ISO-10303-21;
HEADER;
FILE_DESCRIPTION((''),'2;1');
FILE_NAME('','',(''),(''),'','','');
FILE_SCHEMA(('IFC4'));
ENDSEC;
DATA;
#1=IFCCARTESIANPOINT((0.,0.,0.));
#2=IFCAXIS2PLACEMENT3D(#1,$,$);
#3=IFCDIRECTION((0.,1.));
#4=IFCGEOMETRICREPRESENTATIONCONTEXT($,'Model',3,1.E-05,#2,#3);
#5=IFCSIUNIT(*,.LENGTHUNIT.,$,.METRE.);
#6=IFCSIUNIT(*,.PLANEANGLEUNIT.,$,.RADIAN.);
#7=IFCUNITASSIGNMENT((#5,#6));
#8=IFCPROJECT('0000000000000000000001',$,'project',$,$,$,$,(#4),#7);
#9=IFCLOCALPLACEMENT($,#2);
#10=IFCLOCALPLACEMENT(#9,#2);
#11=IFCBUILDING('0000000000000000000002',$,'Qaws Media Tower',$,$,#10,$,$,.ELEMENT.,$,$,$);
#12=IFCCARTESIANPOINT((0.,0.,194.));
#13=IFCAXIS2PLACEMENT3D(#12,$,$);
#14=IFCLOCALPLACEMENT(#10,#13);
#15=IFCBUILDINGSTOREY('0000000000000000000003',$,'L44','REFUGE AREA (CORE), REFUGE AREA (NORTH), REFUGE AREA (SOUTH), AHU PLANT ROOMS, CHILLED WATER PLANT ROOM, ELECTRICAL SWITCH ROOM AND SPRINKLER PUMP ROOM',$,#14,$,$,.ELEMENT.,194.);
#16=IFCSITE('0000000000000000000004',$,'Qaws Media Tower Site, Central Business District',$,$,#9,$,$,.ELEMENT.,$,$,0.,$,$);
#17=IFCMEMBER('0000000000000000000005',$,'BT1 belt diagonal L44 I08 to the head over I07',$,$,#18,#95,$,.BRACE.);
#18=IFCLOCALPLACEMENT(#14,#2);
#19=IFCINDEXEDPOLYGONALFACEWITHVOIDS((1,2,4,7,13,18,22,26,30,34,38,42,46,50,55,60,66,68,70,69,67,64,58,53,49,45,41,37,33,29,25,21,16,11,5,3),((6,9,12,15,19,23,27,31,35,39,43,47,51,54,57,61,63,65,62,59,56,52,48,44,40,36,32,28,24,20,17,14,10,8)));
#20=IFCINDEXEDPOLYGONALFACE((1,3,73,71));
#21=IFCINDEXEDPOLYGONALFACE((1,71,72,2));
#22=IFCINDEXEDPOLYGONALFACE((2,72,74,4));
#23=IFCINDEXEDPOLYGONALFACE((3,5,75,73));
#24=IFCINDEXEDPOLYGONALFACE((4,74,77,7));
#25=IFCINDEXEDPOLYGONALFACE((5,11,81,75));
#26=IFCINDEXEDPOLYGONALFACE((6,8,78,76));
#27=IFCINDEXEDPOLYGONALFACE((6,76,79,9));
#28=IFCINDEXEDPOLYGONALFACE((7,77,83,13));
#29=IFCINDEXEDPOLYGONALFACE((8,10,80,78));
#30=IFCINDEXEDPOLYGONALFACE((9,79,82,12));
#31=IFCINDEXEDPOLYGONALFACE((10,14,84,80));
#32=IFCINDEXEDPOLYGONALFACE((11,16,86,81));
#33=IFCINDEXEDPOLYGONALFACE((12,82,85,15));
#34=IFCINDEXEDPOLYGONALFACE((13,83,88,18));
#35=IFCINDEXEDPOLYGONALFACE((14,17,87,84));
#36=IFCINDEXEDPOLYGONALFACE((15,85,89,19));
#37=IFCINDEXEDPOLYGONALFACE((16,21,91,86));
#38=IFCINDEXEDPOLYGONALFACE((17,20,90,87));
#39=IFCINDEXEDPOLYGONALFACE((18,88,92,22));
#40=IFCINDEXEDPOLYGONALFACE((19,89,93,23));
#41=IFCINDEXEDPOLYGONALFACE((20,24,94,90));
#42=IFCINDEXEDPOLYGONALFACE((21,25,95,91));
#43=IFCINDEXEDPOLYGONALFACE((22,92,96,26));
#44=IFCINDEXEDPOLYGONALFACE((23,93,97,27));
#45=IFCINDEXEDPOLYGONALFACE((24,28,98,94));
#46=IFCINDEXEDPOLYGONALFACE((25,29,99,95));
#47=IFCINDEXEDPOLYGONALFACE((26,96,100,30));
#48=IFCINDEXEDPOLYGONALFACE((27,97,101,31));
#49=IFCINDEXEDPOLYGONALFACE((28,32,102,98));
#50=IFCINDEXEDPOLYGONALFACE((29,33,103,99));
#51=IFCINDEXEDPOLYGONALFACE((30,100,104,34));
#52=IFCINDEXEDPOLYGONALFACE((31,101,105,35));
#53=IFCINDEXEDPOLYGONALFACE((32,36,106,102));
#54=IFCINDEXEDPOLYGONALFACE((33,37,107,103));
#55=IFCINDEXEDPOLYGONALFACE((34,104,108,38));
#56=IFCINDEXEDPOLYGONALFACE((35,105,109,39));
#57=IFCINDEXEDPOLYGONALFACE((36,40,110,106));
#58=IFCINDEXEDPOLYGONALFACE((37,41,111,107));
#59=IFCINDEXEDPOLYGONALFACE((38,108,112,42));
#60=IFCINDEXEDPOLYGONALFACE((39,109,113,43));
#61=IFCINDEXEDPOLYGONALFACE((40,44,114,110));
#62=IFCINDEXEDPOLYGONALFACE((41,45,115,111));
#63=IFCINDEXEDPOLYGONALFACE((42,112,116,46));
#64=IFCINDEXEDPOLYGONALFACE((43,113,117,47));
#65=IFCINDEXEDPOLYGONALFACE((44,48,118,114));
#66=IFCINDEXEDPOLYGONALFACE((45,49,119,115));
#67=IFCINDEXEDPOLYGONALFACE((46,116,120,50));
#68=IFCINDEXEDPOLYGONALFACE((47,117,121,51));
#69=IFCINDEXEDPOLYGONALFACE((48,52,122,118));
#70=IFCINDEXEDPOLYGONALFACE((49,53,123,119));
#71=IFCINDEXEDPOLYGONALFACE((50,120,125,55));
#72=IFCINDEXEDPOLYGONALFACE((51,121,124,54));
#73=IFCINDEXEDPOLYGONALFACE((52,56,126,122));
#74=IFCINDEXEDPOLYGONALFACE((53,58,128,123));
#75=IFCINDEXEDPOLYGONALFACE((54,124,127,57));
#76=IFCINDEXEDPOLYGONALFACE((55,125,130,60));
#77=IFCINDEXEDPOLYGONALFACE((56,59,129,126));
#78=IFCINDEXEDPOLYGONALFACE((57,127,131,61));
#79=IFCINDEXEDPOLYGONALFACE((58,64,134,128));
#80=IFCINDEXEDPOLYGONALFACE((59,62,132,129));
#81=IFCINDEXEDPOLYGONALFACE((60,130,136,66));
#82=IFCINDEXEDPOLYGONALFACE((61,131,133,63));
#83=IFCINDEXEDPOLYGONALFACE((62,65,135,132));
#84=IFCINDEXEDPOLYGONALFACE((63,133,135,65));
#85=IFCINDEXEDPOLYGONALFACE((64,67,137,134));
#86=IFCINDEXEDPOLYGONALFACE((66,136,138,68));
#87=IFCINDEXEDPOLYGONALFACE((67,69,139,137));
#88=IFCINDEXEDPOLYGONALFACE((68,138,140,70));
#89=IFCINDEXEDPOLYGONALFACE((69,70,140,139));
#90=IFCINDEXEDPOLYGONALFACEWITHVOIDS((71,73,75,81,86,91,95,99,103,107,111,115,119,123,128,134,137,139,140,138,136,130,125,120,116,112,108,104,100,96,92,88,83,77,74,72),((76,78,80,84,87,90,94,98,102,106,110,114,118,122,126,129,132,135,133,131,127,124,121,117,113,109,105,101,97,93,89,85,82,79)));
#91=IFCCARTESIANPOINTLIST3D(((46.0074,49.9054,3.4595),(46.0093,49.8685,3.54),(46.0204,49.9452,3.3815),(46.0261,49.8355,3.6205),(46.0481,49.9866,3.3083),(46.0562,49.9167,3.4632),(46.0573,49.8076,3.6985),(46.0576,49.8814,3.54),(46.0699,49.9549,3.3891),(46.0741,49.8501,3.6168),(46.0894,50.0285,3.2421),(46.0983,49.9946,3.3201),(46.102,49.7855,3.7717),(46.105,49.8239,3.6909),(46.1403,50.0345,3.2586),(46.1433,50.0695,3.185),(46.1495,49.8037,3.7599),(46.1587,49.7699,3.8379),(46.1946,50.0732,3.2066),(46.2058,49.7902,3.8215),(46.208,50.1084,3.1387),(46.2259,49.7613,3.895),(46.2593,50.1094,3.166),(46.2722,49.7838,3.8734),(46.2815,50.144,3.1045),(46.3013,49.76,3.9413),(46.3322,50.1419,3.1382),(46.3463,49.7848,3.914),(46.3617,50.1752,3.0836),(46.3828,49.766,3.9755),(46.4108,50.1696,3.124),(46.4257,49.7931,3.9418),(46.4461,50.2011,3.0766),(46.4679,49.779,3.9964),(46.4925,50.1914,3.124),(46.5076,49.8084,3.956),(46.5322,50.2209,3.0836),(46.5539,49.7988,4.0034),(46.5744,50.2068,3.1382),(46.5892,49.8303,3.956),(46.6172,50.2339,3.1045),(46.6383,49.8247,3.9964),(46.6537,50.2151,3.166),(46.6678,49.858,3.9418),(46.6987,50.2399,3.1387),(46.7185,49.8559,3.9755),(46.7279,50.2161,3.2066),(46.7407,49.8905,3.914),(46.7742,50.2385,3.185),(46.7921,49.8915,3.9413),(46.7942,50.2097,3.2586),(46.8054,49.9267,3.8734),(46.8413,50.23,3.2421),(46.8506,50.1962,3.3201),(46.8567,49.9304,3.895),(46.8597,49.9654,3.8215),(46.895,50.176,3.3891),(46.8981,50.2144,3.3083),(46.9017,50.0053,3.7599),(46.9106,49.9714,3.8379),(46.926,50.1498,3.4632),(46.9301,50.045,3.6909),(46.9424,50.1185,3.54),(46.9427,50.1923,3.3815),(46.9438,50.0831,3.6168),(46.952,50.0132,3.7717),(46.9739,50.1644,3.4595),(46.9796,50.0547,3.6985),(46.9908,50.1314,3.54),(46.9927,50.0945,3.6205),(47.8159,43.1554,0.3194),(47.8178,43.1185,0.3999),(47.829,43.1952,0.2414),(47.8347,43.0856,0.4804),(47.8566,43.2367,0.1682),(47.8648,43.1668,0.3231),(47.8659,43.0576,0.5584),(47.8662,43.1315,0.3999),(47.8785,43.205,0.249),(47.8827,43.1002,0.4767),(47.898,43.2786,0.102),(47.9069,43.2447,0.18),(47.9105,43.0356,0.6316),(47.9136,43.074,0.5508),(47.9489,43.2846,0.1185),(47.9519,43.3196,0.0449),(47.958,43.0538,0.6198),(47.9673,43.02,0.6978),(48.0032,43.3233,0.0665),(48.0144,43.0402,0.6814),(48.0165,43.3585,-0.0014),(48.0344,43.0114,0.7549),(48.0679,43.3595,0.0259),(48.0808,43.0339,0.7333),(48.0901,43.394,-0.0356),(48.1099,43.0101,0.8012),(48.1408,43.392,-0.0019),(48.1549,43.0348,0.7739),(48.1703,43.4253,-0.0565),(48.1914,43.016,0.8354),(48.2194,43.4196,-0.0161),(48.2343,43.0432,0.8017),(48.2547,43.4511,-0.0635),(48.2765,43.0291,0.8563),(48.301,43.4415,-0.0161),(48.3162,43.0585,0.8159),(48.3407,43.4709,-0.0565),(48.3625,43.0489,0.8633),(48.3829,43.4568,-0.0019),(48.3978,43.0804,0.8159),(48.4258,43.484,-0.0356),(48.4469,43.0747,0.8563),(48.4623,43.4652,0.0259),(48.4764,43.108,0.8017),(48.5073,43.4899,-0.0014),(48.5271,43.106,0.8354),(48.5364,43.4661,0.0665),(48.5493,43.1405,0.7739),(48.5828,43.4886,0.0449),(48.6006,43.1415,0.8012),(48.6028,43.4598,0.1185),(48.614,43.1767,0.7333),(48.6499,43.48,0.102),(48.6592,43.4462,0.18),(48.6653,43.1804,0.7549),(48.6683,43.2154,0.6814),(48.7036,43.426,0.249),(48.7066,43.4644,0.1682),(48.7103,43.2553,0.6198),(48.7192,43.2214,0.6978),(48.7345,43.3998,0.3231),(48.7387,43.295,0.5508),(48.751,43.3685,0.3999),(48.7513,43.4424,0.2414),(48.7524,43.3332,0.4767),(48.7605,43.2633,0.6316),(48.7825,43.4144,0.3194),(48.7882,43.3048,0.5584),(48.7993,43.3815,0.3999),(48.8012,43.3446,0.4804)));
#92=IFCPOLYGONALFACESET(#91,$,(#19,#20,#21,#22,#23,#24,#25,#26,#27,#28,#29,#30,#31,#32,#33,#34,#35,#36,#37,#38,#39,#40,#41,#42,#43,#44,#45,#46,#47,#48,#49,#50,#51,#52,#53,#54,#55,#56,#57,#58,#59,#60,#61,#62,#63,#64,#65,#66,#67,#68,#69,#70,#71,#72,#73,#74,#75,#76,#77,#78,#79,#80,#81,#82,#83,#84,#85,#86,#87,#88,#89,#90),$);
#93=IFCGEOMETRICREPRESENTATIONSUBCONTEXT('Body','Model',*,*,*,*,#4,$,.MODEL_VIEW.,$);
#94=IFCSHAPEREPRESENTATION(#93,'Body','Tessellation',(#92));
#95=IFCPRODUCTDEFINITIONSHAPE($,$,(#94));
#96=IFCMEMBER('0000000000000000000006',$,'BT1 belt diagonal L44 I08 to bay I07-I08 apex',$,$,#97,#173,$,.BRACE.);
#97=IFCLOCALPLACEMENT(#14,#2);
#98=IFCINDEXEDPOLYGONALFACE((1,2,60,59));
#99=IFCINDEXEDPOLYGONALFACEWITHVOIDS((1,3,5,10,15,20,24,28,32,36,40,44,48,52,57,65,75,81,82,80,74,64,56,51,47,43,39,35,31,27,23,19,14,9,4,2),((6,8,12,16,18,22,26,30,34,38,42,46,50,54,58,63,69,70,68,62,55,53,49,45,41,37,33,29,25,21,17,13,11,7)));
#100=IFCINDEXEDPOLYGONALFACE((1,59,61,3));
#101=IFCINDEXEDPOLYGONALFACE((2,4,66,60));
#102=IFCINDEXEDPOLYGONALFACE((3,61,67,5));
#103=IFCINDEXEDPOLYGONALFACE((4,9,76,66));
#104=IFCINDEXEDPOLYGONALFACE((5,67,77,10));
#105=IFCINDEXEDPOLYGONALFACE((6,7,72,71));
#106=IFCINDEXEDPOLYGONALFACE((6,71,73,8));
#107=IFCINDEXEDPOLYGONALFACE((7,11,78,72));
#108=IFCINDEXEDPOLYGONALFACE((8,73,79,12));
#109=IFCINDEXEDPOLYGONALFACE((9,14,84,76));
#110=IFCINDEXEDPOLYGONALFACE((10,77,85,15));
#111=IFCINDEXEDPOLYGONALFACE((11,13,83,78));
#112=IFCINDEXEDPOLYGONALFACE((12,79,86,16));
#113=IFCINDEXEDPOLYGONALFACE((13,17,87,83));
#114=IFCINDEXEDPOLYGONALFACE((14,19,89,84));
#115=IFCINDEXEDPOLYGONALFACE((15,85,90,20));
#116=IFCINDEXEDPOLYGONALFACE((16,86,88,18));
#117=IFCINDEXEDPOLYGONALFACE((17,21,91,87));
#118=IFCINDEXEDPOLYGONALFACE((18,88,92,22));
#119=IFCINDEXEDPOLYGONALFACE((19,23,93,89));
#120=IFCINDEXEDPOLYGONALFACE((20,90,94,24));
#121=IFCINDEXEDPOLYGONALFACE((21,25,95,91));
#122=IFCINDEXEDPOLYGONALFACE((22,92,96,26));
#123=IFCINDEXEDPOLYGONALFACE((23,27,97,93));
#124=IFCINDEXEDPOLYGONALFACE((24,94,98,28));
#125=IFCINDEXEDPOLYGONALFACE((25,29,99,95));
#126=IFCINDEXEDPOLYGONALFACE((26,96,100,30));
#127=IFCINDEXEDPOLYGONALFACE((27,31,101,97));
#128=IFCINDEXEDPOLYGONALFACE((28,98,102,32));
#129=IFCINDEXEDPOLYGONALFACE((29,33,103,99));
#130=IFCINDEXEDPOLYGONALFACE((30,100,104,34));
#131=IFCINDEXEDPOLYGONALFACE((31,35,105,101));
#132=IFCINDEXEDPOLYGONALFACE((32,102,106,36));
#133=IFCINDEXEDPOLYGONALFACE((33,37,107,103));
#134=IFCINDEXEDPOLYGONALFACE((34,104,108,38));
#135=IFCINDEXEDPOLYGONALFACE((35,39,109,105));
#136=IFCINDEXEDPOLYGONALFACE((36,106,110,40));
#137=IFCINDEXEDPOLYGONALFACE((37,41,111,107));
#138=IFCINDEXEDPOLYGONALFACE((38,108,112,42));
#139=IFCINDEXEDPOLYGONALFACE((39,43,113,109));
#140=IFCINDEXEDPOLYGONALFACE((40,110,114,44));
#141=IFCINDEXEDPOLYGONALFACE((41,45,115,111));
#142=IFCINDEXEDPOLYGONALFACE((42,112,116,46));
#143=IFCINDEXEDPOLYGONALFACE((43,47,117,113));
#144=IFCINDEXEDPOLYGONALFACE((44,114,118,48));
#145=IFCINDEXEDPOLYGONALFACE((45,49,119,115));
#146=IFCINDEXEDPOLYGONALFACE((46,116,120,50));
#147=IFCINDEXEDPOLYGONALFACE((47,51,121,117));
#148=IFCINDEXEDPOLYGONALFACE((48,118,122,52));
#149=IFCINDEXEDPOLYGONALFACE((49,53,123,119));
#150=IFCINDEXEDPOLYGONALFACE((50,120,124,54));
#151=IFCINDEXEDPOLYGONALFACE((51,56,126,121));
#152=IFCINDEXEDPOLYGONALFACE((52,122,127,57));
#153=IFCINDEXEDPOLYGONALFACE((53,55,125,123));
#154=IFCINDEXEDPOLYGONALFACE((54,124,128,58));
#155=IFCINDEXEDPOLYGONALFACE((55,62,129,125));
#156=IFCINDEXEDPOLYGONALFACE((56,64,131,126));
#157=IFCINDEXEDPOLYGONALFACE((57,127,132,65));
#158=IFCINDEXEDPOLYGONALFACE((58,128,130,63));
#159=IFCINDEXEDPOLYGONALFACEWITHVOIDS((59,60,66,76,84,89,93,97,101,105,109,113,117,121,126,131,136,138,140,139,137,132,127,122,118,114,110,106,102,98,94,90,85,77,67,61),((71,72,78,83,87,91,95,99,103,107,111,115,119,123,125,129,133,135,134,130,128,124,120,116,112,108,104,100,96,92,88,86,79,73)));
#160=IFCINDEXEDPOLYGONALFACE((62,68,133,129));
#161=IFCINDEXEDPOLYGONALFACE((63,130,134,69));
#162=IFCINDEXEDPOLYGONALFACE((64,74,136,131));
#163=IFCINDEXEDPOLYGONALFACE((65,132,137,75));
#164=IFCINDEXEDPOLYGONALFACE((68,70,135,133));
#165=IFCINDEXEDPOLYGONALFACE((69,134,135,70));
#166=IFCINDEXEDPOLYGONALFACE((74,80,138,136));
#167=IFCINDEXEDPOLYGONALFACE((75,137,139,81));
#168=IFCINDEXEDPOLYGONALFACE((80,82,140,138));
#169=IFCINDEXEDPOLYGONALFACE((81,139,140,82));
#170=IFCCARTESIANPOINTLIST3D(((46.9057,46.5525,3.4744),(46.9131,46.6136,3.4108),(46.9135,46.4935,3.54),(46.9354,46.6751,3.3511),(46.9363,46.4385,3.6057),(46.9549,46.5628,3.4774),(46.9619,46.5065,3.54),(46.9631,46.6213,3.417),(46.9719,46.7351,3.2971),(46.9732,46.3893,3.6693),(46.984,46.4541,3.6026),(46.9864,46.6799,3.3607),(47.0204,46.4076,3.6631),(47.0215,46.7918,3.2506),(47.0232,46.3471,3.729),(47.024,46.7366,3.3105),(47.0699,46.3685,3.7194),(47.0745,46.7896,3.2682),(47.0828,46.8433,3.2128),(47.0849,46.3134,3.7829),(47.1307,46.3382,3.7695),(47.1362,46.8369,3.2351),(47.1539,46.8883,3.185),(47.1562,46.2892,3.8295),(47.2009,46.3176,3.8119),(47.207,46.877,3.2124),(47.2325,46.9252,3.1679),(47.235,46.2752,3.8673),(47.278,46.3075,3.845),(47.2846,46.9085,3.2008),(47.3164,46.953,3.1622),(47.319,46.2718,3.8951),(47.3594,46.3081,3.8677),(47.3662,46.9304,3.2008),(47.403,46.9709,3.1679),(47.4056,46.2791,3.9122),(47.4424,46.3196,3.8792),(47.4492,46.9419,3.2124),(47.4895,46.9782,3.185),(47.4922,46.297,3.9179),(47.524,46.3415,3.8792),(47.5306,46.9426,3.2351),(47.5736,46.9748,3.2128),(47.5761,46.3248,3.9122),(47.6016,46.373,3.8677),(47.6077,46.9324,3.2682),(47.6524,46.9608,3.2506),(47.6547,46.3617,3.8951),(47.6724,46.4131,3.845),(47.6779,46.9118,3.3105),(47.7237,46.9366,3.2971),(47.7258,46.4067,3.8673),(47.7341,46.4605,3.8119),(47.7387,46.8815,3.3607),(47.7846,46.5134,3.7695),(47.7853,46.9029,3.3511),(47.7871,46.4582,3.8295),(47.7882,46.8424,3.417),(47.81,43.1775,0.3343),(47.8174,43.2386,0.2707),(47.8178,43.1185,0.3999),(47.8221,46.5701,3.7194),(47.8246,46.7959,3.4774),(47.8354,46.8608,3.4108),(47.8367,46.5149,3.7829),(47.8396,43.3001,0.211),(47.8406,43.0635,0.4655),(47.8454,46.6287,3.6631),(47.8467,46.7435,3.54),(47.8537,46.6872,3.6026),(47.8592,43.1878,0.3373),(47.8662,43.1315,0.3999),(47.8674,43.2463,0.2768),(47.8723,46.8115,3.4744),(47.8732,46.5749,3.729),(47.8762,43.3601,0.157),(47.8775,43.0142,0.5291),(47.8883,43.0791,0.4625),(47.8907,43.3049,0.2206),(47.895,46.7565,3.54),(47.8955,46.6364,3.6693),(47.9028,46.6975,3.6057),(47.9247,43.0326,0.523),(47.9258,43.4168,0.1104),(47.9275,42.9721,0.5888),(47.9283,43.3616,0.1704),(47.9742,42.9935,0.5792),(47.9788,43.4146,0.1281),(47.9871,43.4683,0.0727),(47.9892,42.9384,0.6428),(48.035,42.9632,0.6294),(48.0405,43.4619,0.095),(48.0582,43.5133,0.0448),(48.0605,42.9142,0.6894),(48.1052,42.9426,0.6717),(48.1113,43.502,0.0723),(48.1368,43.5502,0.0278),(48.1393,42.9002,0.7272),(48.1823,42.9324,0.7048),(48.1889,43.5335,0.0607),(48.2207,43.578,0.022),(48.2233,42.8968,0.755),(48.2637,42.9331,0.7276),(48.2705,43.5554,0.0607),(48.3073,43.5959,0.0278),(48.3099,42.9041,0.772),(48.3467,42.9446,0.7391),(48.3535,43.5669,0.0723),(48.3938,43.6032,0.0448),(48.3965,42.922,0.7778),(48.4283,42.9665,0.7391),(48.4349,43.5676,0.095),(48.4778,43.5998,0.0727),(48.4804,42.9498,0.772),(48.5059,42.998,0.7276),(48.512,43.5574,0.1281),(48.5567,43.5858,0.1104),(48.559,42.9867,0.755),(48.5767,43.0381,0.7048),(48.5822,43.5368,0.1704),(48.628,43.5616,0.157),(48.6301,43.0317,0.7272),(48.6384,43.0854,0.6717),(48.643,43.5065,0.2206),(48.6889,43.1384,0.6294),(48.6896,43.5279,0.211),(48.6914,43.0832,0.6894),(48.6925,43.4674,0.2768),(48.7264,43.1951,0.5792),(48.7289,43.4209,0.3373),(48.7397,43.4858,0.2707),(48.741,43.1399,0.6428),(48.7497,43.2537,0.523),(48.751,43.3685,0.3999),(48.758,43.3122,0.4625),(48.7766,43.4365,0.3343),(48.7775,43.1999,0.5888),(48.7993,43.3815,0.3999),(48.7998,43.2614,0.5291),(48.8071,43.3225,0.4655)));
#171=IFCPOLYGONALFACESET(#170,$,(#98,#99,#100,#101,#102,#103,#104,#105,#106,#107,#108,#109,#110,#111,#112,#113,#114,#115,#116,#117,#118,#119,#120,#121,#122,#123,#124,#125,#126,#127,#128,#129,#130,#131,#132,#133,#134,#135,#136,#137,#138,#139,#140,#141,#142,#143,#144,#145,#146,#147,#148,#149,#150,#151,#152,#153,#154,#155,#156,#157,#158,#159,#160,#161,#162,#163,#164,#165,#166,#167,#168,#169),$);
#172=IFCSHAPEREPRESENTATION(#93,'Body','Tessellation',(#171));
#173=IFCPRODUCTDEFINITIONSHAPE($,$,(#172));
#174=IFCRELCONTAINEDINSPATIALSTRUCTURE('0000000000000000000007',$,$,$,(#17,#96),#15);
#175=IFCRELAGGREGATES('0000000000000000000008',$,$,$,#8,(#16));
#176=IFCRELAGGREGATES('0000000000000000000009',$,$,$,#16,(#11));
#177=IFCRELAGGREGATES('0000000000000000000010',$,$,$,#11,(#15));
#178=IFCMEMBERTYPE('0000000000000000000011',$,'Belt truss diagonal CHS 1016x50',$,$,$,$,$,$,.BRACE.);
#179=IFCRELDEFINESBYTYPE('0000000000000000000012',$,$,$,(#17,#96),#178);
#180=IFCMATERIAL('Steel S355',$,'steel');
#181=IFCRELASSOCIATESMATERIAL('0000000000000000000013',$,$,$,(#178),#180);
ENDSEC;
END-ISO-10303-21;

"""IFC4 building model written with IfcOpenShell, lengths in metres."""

from ifc_helpers import new_model, si_unit, direction, frame, origin, origin_2d, place, context, subcontext, project, spatial, hollow_circle, extrude, material, material_profile, profile_set, type_object, element, save


model = new_model("IFC4")

# Units and contexts
model_context = context("Model", 3, precision=1e-05, world=origin(), true_north=direction((0.0, 1.0)))
body_context = subcontext(model_context, "Body", "Model", "MODEL_VIEW")
ifc_project = project(units=[si_unit("LENGTHUNIT", "METRE"), si_unit("PLANEANGLEUNIT", "RADIAN")], contexts=[model_context])

# Site, building, storey
site_placement = place(None, origin())
site = spatial("IfcSite", under=ifc_project, at=site_placement, Name="Qaws Media Tower Site, Central Business District", CompositionType="ELEMENT", RefElevation=0.0)
building_placement = place(site_placement, origin())
building = spatial("IfcBuilding", under=site, at=building_placement, Name="Qaws Media Tower", CompositionType="ELEMENT")
storey_placement = place(building_placement, frame((0.0, 0.0, 194.0)))
storey = spatial("IfcBuildingStorey", under=building, at=storey_placement, Name="L44", Description="REFUGE AREA (CORE), REFUGE AREA (NORTH), REFUGE AREA (SOUTH), AHU PLANT ROOMS, CHILLED WATER PLANT ROOM, ELECTRICAL SWITCH ROOM AND SPRINKLER PUMP ROOM", CompositionType="ELEMENT", Elevation=194.0)

# Members
ifc_material_1 = material(Name="Steel S355", Category="steel")
ifc_material_profile_1 = material_profile(ifc_material_1, hollow_circle(Radius=0.5081, WallThickness=0.05, at=origin_2d()), Name="CHS 1016x50")
ifc_profile_set_1 = profile_set([ifc_material_profile_1], Name="Steel S355")
member_type_1 = type_object("IfcMemberType", Name="Belt truss diagonal CHS 1016x50", PredefinedType="BRACE", material=ifc_profile_set_1)
member_1_placement = place(storey_placement, frame((48.3086, 43.25, 0.3999), z_axis=(-0.236072, 0.881063, 0.409875), x_axis=(-0.965928, -0.258811, 0.0)))
element("IfcMember", 1, at=member_1_placement, inside=storey, type_object=member_type_1, Name="BT1 belt diagonal L44 I08 to the head over I07", PredefinedType="BRACE", context=body_context, shape_type="SweptSolid", body=[
    extrude(hollow_circle(Radius=0.5081, WallThickness=0.05, at=origin_2d()), origin(), (0.0, 0.0, 1.0), 7.6611),
])
for number, where, z_axis, x_axis, name in (
    (2, (48.3086, 43.25, 0.3999), (-0.192496, 0.718429, 0.668434), (-0.965928, -0.258811, 0.0), "BT1 belt diagonal L44 I08 to bay I07-I08 apex"),
):
    element("IfcMember", number, at=place(storey_placement, frame(where, z_axis=z_axis, x_axis=x_axis)), inside=storey, type_object=member_type_1, Name=name, PredefinedType="BRACE", context=body_context, shape_type="SweptSolid", body=[
        extrude(hollow_circle(Radius=0.5081, WallThickness=0.05, at=origin_2d()), origin(), (0.0, 0.0, 1.0), 4.6978),
    ])

save(model, "model.ifc")
